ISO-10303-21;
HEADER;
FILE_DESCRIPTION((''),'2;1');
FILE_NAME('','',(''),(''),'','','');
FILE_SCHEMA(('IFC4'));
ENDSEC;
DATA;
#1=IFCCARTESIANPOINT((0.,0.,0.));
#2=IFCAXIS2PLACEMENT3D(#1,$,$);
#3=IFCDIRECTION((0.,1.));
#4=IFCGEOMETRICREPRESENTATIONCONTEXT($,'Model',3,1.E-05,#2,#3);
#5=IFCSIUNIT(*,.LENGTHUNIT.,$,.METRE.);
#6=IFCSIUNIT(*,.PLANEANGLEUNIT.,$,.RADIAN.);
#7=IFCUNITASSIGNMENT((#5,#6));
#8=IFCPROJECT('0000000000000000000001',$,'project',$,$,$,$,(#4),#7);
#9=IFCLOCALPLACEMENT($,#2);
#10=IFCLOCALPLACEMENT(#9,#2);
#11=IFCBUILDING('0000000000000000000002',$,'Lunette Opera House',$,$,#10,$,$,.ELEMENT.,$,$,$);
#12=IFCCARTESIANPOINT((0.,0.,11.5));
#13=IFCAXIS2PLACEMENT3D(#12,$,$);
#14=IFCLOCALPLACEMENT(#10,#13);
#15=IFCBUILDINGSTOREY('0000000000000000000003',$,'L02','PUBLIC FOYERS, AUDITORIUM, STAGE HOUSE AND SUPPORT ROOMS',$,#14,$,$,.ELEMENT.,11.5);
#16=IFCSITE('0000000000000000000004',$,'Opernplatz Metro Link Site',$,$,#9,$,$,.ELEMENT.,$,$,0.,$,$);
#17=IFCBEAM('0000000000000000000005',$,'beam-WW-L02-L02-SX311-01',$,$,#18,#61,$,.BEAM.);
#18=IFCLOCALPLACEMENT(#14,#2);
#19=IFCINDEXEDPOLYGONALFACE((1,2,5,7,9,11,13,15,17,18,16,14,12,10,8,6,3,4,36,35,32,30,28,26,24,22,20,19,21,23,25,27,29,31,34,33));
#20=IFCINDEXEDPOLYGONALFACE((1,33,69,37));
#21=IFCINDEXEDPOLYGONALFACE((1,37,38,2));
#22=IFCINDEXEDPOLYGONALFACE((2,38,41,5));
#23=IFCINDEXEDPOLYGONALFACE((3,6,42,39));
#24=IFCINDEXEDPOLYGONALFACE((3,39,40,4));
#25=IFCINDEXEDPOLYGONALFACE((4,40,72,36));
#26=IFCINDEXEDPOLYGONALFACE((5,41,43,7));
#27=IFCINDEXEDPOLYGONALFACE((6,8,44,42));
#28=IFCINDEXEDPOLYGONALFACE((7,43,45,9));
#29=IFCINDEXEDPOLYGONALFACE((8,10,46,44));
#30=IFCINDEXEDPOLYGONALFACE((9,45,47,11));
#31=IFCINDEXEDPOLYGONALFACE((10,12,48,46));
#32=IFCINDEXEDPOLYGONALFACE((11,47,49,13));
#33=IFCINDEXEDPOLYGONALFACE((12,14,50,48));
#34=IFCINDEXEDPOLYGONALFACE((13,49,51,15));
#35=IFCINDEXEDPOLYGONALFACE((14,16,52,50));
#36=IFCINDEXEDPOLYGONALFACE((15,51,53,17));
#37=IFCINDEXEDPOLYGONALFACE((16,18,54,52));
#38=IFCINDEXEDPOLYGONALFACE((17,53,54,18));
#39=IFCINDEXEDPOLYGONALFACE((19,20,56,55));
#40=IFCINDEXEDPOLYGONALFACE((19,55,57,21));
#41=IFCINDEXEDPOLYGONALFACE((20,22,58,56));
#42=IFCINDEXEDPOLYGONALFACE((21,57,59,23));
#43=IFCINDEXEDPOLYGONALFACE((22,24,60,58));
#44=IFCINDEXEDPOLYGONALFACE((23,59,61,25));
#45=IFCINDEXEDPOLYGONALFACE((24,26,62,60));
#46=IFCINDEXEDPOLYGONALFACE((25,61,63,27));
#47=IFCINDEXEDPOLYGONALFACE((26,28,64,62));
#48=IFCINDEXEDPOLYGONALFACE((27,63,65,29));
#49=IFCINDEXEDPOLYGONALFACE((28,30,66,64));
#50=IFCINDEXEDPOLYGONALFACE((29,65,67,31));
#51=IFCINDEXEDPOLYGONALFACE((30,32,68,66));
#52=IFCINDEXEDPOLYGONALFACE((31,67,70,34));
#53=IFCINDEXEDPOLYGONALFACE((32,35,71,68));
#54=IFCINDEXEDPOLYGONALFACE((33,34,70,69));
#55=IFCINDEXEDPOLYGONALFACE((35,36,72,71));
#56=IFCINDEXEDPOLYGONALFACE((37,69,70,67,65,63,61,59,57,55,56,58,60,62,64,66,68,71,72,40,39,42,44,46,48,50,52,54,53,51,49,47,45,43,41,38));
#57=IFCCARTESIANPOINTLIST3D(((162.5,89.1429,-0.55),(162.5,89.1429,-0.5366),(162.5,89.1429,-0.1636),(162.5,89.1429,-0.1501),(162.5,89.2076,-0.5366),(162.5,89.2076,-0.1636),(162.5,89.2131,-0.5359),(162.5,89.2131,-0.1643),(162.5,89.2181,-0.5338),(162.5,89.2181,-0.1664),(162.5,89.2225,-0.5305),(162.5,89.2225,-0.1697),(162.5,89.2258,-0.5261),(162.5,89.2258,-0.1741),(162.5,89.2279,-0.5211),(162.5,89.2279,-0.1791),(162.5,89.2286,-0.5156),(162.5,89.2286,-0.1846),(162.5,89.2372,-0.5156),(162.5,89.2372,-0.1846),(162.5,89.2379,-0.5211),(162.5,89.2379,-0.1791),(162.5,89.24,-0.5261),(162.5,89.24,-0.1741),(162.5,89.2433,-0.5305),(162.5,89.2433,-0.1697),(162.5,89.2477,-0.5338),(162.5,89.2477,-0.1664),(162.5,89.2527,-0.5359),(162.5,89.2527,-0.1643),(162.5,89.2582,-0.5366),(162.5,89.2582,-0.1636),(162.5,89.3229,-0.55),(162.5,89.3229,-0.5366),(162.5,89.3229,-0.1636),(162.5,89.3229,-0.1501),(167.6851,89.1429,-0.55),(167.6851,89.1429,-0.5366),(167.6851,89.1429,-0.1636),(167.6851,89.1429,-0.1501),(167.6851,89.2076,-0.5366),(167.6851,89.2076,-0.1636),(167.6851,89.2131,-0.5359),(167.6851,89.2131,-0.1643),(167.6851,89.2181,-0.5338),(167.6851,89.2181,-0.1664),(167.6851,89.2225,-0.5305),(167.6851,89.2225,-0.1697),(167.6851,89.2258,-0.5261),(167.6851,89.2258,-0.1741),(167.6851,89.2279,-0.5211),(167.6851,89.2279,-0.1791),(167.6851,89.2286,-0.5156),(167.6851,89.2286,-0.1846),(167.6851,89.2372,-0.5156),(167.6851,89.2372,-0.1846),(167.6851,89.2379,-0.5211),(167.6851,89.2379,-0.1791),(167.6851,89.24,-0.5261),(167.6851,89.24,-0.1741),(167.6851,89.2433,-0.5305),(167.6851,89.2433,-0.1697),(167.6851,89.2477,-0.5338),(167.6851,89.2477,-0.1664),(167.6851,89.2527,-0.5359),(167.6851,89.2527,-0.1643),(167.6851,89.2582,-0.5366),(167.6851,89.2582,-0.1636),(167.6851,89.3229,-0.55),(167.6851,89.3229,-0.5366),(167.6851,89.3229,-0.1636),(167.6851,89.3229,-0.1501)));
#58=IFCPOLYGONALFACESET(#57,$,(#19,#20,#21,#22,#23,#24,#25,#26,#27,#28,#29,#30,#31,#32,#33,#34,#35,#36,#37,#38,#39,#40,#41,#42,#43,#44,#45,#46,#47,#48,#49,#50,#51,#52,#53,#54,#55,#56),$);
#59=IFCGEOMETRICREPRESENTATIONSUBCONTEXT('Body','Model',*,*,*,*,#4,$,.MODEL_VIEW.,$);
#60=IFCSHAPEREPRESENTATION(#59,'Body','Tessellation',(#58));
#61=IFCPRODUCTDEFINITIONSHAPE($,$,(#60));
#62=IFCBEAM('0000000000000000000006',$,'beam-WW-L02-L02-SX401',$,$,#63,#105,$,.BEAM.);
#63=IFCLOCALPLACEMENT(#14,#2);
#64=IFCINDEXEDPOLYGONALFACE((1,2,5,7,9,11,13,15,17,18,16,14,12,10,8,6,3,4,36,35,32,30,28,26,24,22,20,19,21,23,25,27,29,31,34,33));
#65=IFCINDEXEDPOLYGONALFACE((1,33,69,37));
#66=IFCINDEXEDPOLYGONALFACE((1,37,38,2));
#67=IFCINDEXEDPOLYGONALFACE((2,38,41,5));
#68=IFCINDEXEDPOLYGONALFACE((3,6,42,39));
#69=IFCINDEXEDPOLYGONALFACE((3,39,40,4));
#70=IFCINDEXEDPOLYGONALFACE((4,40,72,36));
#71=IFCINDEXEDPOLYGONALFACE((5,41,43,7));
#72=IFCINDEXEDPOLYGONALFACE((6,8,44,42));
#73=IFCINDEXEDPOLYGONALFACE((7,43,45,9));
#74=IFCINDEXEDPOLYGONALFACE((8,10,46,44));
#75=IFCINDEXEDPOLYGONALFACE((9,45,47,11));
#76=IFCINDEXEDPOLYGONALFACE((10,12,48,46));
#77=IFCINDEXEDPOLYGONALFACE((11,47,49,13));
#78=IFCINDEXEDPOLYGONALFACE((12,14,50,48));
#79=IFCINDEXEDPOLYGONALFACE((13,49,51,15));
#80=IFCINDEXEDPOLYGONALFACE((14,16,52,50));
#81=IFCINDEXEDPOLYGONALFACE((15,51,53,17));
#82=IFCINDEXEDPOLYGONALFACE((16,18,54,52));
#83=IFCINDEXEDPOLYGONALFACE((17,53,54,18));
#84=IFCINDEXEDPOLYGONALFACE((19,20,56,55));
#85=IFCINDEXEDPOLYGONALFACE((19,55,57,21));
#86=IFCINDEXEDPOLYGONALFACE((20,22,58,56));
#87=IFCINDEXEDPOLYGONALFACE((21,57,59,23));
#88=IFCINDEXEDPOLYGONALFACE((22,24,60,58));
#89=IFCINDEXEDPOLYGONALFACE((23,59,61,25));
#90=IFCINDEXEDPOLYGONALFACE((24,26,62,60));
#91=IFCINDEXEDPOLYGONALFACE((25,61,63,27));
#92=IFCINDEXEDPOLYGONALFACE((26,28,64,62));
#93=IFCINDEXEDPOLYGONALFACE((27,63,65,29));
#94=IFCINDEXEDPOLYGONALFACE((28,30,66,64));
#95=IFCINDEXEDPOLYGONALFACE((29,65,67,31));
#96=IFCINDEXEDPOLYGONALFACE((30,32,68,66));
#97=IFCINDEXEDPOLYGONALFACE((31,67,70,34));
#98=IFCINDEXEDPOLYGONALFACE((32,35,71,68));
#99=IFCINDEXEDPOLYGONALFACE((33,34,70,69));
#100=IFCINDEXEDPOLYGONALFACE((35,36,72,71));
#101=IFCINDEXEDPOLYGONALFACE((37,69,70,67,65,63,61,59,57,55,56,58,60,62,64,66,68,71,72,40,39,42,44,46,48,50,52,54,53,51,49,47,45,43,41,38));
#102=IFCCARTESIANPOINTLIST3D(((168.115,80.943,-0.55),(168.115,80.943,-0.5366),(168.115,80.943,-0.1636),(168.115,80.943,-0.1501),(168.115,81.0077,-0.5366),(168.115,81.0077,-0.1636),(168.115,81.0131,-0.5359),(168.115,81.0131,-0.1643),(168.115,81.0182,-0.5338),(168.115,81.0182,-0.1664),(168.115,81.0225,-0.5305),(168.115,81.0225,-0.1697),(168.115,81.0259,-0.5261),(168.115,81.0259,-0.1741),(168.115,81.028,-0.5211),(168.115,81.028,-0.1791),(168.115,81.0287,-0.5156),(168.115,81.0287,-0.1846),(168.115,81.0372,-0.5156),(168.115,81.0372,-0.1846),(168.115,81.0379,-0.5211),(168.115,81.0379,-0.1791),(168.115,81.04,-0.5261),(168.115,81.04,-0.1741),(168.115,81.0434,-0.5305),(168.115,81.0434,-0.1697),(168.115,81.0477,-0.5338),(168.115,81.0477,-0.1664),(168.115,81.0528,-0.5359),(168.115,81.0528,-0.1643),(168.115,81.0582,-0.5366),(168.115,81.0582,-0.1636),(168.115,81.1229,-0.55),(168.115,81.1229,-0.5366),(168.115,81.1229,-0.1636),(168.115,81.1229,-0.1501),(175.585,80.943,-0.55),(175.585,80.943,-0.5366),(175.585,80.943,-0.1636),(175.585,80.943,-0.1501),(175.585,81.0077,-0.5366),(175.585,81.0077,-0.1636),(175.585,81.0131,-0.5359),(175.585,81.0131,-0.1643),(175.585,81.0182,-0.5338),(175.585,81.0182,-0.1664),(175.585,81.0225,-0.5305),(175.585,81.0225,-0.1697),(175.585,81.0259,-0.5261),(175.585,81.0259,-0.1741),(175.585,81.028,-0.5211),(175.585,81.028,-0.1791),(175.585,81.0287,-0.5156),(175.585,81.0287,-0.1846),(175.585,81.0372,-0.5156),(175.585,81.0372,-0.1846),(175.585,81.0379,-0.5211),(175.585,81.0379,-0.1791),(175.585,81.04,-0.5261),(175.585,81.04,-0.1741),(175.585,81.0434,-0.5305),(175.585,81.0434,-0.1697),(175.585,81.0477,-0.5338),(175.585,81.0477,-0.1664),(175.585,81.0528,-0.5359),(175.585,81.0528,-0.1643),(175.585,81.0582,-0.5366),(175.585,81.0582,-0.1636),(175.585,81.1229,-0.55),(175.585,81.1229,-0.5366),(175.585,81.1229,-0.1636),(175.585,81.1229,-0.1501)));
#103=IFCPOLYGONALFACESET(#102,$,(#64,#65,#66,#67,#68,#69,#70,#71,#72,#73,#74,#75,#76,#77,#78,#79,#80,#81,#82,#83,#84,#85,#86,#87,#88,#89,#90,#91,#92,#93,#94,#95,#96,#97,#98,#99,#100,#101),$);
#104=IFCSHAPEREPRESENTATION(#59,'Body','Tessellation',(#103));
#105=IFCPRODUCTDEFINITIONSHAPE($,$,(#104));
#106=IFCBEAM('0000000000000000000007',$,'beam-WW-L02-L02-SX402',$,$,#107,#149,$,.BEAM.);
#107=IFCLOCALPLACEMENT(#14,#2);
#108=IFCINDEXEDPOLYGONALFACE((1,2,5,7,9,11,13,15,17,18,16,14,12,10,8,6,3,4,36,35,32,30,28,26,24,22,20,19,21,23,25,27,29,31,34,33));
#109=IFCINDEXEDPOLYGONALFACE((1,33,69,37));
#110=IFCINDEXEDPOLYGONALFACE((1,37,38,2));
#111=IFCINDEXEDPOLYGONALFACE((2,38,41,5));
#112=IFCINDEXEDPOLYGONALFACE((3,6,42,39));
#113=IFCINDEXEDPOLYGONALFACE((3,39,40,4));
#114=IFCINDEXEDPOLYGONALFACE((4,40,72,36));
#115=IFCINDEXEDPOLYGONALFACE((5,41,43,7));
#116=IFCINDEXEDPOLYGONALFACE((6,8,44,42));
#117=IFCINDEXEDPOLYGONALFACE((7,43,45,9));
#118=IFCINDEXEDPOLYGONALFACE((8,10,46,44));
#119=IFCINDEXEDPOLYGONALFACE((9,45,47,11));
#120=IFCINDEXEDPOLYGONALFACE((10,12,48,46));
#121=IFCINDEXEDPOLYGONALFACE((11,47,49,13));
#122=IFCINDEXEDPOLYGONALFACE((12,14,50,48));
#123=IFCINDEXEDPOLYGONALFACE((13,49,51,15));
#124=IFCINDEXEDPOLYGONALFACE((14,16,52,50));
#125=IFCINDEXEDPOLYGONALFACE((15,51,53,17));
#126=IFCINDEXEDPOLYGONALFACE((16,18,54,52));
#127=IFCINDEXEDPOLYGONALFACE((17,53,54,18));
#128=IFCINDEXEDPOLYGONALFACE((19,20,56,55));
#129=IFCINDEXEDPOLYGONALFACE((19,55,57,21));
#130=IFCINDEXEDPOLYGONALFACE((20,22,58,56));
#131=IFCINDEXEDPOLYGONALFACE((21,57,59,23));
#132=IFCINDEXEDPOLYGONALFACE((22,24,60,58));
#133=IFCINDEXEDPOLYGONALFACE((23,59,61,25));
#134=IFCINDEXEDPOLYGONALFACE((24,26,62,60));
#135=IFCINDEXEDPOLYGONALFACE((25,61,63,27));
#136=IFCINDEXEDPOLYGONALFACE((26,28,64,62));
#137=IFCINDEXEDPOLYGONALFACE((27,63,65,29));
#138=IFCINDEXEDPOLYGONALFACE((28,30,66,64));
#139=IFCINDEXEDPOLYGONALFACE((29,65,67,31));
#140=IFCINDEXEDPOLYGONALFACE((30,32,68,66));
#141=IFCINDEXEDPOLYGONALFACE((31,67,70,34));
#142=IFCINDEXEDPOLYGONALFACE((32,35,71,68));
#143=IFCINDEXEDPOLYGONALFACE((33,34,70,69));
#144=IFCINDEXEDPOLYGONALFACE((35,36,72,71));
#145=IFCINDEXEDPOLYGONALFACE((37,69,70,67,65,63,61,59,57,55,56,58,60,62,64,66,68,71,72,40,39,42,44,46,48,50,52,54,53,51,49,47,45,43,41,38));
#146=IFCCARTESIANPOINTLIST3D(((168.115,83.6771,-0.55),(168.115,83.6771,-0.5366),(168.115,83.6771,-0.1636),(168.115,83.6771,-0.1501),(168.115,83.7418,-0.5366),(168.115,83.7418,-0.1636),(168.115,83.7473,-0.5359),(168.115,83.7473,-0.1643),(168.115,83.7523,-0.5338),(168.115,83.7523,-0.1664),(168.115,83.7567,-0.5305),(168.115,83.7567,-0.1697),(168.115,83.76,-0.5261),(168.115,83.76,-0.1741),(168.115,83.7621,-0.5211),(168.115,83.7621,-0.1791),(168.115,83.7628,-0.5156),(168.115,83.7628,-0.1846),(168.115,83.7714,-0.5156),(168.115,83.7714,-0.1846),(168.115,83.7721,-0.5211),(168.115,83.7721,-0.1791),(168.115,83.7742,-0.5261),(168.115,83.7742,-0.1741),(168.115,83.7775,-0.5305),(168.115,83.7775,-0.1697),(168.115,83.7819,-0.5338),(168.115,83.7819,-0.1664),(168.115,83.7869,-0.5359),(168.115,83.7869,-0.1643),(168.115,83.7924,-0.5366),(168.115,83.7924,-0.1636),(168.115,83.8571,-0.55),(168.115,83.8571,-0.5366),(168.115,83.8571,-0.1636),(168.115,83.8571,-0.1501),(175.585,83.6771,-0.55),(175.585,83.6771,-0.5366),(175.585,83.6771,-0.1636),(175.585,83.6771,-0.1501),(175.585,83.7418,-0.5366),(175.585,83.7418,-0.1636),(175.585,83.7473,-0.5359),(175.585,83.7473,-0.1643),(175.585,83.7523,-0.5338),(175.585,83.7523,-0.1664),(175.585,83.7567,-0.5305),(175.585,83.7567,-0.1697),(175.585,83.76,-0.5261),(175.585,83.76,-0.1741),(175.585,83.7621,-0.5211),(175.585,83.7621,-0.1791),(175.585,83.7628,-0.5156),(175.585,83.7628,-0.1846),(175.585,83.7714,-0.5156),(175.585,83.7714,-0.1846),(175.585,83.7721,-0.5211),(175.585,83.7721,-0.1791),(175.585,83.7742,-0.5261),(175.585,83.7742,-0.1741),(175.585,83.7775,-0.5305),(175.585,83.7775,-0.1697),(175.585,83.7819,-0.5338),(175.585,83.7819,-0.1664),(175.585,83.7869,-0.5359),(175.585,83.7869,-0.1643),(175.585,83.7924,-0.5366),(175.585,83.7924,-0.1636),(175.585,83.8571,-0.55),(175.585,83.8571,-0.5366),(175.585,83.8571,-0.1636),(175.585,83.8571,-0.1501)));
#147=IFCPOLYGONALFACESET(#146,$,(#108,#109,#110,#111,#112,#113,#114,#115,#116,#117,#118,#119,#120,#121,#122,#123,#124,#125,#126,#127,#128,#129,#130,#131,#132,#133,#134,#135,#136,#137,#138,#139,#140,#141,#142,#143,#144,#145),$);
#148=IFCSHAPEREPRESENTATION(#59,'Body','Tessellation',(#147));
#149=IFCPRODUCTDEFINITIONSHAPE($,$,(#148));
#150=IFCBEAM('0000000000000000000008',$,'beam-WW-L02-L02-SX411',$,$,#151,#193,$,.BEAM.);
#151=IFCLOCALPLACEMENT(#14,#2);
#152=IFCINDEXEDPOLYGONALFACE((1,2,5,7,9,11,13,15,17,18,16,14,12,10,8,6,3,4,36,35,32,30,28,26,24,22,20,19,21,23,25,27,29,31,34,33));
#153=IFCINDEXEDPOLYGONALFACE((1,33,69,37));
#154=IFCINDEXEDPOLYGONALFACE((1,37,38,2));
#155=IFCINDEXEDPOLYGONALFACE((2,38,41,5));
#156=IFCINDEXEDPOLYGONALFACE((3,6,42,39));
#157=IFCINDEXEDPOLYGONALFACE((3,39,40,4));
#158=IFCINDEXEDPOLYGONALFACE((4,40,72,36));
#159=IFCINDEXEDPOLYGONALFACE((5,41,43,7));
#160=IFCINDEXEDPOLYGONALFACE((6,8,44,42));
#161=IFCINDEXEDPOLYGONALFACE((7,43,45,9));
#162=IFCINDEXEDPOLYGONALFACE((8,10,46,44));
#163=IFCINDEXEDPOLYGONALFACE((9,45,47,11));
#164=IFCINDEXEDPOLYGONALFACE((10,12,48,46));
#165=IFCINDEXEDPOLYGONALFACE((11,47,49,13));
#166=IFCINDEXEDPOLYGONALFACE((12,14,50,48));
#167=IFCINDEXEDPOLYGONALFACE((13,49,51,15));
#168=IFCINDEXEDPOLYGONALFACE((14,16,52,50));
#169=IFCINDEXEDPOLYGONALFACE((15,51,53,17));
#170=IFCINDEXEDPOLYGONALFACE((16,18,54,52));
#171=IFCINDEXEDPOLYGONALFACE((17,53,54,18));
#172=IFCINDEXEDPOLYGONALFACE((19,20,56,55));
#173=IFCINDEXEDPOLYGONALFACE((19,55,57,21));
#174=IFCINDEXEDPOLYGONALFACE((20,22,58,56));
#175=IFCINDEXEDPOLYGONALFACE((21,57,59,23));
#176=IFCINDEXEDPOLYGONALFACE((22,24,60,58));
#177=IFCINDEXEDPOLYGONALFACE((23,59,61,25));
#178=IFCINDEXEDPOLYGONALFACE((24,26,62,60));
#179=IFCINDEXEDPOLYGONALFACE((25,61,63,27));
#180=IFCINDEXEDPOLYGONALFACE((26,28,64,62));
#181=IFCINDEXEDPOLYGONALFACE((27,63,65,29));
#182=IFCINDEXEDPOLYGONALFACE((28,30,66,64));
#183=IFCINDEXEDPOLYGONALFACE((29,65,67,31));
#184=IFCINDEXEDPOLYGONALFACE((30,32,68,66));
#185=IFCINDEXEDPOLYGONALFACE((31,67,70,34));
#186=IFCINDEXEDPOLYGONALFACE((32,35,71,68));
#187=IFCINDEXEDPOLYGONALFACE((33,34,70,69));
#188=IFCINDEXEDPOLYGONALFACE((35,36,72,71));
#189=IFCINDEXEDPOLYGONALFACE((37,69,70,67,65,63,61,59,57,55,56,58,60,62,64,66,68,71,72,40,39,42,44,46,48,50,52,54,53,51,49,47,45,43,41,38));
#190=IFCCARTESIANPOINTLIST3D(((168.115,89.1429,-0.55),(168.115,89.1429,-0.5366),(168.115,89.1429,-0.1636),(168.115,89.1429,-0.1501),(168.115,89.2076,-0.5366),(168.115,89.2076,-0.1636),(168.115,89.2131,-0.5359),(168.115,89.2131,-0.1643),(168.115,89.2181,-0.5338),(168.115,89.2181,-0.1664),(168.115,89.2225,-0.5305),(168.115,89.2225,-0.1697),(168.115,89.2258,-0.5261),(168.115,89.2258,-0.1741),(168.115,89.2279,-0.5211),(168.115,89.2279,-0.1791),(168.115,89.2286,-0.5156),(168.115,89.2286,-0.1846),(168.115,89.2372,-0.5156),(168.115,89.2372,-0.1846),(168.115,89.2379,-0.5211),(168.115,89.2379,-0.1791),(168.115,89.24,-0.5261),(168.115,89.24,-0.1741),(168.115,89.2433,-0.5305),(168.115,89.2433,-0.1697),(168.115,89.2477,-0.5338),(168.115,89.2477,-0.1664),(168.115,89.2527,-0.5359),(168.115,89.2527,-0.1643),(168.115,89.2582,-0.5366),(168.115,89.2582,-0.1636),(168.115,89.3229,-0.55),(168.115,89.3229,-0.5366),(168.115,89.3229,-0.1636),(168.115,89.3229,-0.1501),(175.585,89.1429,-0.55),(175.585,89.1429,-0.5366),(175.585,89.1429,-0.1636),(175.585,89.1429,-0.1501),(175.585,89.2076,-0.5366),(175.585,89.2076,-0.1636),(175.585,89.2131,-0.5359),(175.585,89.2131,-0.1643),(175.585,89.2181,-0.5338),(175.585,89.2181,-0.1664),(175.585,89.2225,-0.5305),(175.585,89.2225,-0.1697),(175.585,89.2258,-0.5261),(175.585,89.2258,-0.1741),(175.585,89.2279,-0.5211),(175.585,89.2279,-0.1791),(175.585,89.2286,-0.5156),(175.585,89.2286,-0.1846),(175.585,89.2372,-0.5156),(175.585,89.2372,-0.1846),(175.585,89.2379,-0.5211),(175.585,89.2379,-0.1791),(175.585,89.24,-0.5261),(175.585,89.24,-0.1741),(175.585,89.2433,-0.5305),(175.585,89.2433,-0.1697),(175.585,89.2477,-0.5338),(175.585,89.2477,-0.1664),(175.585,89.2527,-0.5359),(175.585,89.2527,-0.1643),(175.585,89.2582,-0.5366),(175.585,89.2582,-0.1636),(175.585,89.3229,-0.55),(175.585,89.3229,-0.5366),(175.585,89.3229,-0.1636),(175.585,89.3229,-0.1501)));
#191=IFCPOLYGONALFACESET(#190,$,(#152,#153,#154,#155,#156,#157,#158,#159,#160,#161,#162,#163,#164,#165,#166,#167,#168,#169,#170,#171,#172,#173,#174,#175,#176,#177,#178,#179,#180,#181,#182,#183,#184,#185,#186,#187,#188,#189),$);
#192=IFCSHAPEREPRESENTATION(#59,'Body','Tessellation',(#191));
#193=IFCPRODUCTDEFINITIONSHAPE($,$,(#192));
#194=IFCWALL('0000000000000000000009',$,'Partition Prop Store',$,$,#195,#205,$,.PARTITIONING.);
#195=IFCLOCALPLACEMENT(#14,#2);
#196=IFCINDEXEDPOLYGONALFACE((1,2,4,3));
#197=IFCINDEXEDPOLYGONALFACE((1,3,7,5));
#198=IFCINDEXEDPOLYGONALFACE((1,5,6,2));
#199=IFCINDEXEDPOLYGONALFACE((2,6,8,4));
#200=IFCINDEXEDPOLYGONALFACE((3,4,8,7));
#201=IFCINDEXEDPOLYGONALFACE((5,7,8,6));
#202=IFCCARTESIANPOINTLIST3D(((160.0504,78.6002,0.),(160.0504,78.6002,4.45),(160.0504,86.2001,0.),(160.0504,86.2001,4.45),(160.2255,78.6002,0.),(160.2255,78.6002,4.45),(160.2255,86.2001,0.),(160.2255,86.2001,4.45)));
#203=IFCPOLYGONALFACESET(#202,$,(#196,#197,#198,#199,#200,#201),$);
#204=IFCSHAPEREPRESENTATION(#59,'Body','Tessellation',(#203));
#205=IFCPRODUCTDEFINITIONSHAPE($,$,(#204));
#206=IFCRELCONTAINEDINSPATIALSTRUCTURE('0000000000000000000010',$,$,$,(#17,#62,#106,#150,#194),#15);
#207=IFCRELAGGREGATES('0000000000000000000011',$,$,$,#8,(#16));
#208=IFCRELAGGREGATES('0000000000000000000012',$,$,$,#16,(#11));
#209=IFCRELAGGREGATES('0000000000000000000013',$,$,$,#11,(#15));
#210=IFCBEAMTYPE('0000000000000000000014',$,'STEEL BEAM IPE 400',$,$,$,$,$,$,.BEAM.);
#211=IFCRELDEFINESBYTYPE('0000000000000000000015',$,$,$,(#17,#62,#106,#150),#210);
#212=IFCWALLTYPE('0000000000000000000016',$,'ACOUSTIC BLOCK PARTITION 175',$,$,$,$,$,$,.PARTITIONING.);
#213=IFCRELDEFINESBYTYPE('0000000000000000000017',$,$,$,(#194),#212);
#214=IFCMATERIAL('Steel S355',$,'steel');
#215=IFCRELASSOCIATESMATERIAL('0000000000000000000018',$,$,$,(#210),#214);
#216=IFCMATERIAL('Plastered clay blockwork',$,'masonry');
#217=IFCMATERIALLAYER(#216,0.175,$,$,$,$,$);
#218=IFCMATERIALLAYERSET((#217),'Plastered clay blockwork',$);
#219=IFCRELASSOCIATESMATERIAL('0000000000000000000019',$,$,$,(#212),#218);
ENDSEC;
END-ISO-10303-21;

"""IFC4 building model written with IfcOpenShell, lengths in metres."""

from ifc_helpers import new_model, si_unit, direction, frame, frame_2d, origin, origin_2d, place, context, subcontext, project, spatial, rectangle, i_section, extrude, material, layer, layer_set, material_profile, profile_set, type_object, element, save


model = new_model("IFC4")

# Units and contexts
model_context = context("Model", 3, precision=1e-05, world=origin(), true_north=direction((0.0, 1.0)))
body_context = subcontext(model_context, "Body", "Model", "MODEL_VIEW")
ifc_project = project(units=[si_unit("LENGTHUNIT", "METRE"), si_unit("PLANEANGLEUNIT", "RADIAN")], contexts=[model_context])

# Site, building, storey
site_placement = place(None, origin())
site = spatial("IfcSite", under=ifc_project, at=site_placement, Name="Opernplatz Metro Link Site", CompositionType="ELEMENT", RefElevation=0.0)
building_placement = place(site_placement, origin())
building = spatial("IfcBuilding", under=site, at=building_placement, Name="Lunette Opera House", CompositionType="ELEMENT")
storey_placement = place(building_placement, frame((0.0, 0.0, 11.5)))
storey = spatial("IfcBuildingStorey", under=building, at=storey_placement, Name="L02", Description="PUBLIC FOYERS, AUDITORIUM, STAGE HOUSE AND SUPPORT ROOMS", CompositionType="ELEMENT", Elevation=11.5)

# Beams
ifc_material_1 = material(Name="Steel S355", Category="steel")
ifc_material_profile_1 = material_profile(ifc_material_1, i_section(OverallWidth=0.1799, OverallDepth=0.3999, WebThickness=0.0085, FlangeThickness=0.0134, FilletRadius=0.021, at=origin_2d()), Name="IPE 400")
ifc_profile_set_1 = profile_set([ifc_material_profile_1], Name="Steel S355")
beam_type_1 = type_object("IfcBeamType", Name="STEEL BEAM IPE 400", PredefinedType="BEAM", material=ifc_profile_set_1)
beam_1_placement = place(storey_placement, frame((162.5, 89.2329, -0.3501), z_axis=(1.0, 0.0, 0.0), x_axis=(0.0, 1.0, 0.0)))
element("IfcBeam", 1, at=beam_1_placement, inside=storey, type_object=beam_type_1, Name="beam-WW-L02-L02-SX311-01", PredefinedType="BEAM", context=body_context, shape_type="SweptSolid", body=[
    extrude(i_section(OverallWidth=0.1799, OverallDepth=0.3999, WebThickness=0.0085, FlangeThickness=0.0134, FilletRadius=0.021, at=origin_2d()), origin(), (0.0, 0.0, 1.0), 5.1851),
])
for number, where, z_axis, x_axis, name in (
    (2, (168.115, 81.033, -0.3501), (1.0, 0.0, 0.0), (0.0, 1.0, 0.0), "beam-WW-L02-L02-SX401"),
    (3, (168.115, 83.7671, -0.3501), (1.0, 0.0, 0.0), (0.0, 1.0, 0.0), "beam-WW-L02-L02-SX402"),
    (4, (168.115, 89.2329, -0.3501), (1.0, 0.0, 0.0), (0.0, 1.0, 0.0), "beam-WW-L02-L02-SX411"),
):
    element("IfcBeam", number, at=place(storey_placement, frame(where, z_axis=z_axis, x_axis=x_axis)), inside=storey, type_object=beam_type_1, Name=name, PredefinedType="BEAM", context=body_context, shape_type="SweptSolid", body=[
        extrude(i_section(OverallWidth=0.1799, OverallDepth=0.3999, WebThickness=0.0085, FlangeThickness=0.0134, FilletRadius=0.021, at=origin_2d()), origin(), (0.0, 0.0, 1.0), 7.47),
    ])

# Wall
ifc_material_2 = material(Name="Plastered clay blockwork", Category="masonry")
ifc_layer = layer(ifc_material_2, 0.175)
ifc_layer_set = layer_set([ifc_layer], Name="Plastered clay blockwork")
wall_type = type_object("IfcWallType", Name="ACOUSTIC BLOCK PARTITION 175", PredefinedType="PARTITIONING", material=ifc_layer_set)
wall_placement = place(storey_placement, frame((160.1379, 86.2, 0.0), z_axis=(0.0, 0.0, 1.0), x_axis=(0.0, -1.0, 0.0)))
element("IfcWall", 5, at=wall_placement, inside=storey, type_object=wall_type, Name="Partition Prop Store", PredefinedType="PARTITIONING", context=body_context, shape_type="SweptSolid", body=[
    extrude(rectangle(XDim=7.5999, YDim=0.175, at=frame_2d((3.7998, 0.0))), origin(), (0.0, 0.0, 1.0), 4.45),
])

save(model, "model.ifc")
